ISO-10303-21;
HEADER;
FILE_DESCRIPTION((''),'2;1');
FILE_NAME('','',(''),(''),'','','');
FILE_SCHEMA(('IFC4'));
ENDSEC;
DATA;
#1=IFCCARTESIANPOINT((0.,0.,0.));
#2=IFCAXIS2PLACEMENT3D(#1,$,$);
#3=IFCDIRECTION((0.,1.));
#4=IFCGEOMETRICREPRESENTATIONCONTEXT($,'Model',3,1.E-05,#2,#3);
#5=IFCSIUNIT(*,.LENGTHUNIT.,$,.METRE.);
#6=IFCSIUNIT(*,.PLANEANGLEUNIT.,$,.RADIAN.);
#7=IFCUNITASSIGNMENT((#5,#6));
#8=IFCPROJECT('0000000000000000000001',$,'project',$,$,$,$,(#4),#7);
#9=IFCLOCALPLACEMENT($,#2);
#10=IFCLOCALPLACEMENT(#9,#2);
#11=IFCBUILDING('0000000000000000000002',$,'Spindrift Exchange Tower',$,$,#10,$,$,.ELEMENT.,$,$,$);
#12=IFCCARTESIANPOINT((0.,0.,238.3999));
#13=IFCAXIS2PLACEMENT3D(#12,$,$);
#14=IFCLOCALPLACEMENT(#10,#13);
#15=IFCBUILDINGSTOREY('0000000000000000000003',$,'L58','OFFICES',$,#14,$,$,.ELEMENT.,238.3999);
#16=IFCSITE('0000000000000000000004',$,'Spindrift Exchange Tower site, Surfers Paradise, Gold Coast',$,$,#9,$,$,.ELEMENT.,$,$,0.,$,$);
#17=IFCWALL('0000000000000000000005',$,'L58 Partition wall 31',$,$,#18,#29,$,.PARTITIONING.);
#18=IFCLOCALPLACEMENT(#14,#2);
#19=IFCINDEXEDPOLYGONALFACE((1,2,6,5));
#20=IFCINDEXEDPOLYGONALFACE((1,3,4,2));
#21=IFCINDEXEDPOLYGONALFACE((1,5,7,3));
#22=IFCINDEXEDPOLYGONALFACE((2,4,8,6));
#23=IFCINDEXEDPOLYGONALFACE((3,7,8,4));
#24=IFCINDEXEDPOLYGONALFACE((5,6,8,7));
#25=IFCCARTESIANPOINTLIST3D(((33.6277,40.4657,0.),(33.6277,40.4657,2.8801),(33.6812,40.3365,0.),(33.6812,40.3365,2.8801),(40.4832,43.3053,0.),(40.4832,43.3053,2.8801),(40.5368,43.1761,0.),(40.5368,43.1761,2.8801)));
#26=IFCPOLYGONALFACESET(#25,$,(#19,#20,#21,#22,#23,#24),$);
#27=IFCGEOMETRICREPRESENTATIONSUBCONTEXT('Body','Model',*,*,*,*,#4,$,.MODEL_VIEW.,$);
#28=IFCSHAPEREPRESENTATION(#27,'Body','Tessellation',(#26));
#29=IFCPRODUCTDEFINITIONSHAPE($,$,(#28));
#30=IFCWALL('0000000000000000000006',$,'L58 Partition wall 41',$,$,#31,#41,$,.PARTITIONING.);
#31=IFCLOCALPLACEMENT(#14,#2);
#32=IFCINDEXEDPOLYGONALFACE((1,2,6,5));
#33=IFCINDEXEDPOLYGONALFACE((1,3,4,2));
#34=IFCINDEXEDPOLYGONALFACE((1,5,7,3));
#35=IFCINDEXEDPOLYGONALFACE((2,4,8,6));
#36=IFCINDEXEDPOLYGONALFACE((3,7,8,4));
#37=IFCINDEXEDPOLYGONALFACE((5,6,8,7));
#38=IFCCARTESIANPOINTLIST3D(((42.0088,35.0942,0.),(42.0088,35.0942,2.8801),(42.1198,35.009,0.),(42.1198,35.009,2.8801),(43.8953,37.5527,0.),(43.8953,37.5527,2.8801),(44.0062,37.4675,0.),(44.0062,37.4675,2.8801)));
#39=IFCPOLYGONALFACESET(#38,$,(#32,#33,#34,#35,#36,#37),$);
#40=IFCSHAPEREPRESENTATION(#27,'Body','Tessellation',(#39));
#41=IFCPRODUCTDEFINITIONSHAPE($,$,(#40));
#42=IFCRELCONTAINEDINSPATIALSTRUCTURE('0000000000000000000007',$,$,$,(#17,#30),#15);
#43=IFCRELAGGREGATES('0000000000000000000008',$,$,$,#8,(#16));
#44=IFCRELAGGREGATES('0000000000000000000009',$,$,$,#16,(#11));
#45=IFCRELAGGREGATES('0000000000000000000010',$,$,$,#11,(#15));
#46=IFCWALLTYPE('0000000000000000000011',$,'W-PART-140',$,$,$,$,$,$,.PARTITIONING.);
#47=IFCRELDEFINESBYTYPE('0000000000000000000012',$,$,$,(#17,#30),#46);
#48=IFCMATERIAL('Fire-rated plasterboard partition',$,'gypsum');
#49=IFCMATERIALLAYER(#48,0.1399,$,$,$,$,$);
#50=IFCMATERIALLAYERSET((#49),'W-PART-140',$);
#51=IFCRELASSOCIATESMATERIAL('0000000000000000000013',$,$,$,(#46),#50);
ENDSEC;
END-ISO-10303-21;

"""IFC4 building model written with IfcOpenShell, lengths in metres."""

from ifc_helpers import new_model, si_unit, direction, frame, frame_2d, origin, place, context, subcontext, project, spatial, rectangle, extrude, material, layer, layer_set, type_object, element, save


model = new_model("IFC4")

# Units and contexts
model_context = context("Model", 3, precision=1e-05, world=origin(), true_north=direction((0.0, 1.0)))
body_context = subcontext(model_context, "Body", "Model", "MODEL_VIEW")
ifc_project = project(units=[si_unit("LENGTHUNIT", "METRE"), si_unit("PLANEANGLEUNIT", "RADIAN")], contexts=[model_context])

# Site, building, storey
site_placement = place(None, origin())
site = spatial("IfcSite", under=ifc_project, at=site_placement, Name="Spindrift Exchange Tower site, Surfers Paradise, Gold Coast", CompositionType="ELEMENT", RefElevation=0.0)
building_placement = place(site_placement, origin())
building = spatial("IfcBuilding", under=site, at=building_placement, Name="Spindrift Exchange Tower", CompositionType="ELEMENT")
storey_placement = place(building_placement, frame((0.0, 0.0, 238.3999)))
storey = spatial("IfcBuildingStorey", under=building, at=storey_placement, Name="L58", Description="OFFICES", CompositionType="ELEMENT", Elevation=238.3999)

# Shared definitions
ifc_material_1 = material(Name="Fire-rated plasterboard partition", Category="gypsum")

# Walls
ifc_layer_1 = layer(ifc_material_1, 0.1399)
ifc_layer_set_1 = layer_set([ifc_layer_1], Name="W-PART-140")
wall_type_1 = type_object("IfcWallType", Name="W-PART-140", PredefinedType="PARTITIONING", material=ifc_layer_set_1)
wall_1_placement = place(storey_placement, frame((40.51, 43.2407, 0.0), z_axis=(0.0, 0.0, 1.0), x_axis=(-0.923881, -0.38268, 0.0)))
element("IfcWall", 1, at=wall_1_placement, inside=storey, type_object=wall_type_1, Name="L58 Partition wall 31", PredefinedType="PARTITIONING", context=body_context, shape_type="SweptSolid", body=[
    extrude(rectangle(XDim=7.4204, YDim=0.1399, at=frame_2d((3.7102, 0.0))), origin(), (0.0, 0.0, 1.0), 2.8801),
])
wall_2_placement = place(storey_placement, frame((43.9507, 37.51, 0.0), z_axis=(0.0, 0.0, 1.0), x_axis=(-0.608762, -0.793353, 0.0)))
element("IfcWall", 2, at=wall_2_placement, inside=storey, type_object=wall_type_1, Name="L58 Partition wall 41", PredefinedType="PARTITIONING", context=body_context, shape_type="SweptSolid", body=[
    extrude(rectangle(XDim=3.0989, YDim=0.1399, at=frame_2d((1.5493, 0.0))), origin(), (0.0, 0.0, 1.0), 2.8801),
])

save(model, "model.ifc")
